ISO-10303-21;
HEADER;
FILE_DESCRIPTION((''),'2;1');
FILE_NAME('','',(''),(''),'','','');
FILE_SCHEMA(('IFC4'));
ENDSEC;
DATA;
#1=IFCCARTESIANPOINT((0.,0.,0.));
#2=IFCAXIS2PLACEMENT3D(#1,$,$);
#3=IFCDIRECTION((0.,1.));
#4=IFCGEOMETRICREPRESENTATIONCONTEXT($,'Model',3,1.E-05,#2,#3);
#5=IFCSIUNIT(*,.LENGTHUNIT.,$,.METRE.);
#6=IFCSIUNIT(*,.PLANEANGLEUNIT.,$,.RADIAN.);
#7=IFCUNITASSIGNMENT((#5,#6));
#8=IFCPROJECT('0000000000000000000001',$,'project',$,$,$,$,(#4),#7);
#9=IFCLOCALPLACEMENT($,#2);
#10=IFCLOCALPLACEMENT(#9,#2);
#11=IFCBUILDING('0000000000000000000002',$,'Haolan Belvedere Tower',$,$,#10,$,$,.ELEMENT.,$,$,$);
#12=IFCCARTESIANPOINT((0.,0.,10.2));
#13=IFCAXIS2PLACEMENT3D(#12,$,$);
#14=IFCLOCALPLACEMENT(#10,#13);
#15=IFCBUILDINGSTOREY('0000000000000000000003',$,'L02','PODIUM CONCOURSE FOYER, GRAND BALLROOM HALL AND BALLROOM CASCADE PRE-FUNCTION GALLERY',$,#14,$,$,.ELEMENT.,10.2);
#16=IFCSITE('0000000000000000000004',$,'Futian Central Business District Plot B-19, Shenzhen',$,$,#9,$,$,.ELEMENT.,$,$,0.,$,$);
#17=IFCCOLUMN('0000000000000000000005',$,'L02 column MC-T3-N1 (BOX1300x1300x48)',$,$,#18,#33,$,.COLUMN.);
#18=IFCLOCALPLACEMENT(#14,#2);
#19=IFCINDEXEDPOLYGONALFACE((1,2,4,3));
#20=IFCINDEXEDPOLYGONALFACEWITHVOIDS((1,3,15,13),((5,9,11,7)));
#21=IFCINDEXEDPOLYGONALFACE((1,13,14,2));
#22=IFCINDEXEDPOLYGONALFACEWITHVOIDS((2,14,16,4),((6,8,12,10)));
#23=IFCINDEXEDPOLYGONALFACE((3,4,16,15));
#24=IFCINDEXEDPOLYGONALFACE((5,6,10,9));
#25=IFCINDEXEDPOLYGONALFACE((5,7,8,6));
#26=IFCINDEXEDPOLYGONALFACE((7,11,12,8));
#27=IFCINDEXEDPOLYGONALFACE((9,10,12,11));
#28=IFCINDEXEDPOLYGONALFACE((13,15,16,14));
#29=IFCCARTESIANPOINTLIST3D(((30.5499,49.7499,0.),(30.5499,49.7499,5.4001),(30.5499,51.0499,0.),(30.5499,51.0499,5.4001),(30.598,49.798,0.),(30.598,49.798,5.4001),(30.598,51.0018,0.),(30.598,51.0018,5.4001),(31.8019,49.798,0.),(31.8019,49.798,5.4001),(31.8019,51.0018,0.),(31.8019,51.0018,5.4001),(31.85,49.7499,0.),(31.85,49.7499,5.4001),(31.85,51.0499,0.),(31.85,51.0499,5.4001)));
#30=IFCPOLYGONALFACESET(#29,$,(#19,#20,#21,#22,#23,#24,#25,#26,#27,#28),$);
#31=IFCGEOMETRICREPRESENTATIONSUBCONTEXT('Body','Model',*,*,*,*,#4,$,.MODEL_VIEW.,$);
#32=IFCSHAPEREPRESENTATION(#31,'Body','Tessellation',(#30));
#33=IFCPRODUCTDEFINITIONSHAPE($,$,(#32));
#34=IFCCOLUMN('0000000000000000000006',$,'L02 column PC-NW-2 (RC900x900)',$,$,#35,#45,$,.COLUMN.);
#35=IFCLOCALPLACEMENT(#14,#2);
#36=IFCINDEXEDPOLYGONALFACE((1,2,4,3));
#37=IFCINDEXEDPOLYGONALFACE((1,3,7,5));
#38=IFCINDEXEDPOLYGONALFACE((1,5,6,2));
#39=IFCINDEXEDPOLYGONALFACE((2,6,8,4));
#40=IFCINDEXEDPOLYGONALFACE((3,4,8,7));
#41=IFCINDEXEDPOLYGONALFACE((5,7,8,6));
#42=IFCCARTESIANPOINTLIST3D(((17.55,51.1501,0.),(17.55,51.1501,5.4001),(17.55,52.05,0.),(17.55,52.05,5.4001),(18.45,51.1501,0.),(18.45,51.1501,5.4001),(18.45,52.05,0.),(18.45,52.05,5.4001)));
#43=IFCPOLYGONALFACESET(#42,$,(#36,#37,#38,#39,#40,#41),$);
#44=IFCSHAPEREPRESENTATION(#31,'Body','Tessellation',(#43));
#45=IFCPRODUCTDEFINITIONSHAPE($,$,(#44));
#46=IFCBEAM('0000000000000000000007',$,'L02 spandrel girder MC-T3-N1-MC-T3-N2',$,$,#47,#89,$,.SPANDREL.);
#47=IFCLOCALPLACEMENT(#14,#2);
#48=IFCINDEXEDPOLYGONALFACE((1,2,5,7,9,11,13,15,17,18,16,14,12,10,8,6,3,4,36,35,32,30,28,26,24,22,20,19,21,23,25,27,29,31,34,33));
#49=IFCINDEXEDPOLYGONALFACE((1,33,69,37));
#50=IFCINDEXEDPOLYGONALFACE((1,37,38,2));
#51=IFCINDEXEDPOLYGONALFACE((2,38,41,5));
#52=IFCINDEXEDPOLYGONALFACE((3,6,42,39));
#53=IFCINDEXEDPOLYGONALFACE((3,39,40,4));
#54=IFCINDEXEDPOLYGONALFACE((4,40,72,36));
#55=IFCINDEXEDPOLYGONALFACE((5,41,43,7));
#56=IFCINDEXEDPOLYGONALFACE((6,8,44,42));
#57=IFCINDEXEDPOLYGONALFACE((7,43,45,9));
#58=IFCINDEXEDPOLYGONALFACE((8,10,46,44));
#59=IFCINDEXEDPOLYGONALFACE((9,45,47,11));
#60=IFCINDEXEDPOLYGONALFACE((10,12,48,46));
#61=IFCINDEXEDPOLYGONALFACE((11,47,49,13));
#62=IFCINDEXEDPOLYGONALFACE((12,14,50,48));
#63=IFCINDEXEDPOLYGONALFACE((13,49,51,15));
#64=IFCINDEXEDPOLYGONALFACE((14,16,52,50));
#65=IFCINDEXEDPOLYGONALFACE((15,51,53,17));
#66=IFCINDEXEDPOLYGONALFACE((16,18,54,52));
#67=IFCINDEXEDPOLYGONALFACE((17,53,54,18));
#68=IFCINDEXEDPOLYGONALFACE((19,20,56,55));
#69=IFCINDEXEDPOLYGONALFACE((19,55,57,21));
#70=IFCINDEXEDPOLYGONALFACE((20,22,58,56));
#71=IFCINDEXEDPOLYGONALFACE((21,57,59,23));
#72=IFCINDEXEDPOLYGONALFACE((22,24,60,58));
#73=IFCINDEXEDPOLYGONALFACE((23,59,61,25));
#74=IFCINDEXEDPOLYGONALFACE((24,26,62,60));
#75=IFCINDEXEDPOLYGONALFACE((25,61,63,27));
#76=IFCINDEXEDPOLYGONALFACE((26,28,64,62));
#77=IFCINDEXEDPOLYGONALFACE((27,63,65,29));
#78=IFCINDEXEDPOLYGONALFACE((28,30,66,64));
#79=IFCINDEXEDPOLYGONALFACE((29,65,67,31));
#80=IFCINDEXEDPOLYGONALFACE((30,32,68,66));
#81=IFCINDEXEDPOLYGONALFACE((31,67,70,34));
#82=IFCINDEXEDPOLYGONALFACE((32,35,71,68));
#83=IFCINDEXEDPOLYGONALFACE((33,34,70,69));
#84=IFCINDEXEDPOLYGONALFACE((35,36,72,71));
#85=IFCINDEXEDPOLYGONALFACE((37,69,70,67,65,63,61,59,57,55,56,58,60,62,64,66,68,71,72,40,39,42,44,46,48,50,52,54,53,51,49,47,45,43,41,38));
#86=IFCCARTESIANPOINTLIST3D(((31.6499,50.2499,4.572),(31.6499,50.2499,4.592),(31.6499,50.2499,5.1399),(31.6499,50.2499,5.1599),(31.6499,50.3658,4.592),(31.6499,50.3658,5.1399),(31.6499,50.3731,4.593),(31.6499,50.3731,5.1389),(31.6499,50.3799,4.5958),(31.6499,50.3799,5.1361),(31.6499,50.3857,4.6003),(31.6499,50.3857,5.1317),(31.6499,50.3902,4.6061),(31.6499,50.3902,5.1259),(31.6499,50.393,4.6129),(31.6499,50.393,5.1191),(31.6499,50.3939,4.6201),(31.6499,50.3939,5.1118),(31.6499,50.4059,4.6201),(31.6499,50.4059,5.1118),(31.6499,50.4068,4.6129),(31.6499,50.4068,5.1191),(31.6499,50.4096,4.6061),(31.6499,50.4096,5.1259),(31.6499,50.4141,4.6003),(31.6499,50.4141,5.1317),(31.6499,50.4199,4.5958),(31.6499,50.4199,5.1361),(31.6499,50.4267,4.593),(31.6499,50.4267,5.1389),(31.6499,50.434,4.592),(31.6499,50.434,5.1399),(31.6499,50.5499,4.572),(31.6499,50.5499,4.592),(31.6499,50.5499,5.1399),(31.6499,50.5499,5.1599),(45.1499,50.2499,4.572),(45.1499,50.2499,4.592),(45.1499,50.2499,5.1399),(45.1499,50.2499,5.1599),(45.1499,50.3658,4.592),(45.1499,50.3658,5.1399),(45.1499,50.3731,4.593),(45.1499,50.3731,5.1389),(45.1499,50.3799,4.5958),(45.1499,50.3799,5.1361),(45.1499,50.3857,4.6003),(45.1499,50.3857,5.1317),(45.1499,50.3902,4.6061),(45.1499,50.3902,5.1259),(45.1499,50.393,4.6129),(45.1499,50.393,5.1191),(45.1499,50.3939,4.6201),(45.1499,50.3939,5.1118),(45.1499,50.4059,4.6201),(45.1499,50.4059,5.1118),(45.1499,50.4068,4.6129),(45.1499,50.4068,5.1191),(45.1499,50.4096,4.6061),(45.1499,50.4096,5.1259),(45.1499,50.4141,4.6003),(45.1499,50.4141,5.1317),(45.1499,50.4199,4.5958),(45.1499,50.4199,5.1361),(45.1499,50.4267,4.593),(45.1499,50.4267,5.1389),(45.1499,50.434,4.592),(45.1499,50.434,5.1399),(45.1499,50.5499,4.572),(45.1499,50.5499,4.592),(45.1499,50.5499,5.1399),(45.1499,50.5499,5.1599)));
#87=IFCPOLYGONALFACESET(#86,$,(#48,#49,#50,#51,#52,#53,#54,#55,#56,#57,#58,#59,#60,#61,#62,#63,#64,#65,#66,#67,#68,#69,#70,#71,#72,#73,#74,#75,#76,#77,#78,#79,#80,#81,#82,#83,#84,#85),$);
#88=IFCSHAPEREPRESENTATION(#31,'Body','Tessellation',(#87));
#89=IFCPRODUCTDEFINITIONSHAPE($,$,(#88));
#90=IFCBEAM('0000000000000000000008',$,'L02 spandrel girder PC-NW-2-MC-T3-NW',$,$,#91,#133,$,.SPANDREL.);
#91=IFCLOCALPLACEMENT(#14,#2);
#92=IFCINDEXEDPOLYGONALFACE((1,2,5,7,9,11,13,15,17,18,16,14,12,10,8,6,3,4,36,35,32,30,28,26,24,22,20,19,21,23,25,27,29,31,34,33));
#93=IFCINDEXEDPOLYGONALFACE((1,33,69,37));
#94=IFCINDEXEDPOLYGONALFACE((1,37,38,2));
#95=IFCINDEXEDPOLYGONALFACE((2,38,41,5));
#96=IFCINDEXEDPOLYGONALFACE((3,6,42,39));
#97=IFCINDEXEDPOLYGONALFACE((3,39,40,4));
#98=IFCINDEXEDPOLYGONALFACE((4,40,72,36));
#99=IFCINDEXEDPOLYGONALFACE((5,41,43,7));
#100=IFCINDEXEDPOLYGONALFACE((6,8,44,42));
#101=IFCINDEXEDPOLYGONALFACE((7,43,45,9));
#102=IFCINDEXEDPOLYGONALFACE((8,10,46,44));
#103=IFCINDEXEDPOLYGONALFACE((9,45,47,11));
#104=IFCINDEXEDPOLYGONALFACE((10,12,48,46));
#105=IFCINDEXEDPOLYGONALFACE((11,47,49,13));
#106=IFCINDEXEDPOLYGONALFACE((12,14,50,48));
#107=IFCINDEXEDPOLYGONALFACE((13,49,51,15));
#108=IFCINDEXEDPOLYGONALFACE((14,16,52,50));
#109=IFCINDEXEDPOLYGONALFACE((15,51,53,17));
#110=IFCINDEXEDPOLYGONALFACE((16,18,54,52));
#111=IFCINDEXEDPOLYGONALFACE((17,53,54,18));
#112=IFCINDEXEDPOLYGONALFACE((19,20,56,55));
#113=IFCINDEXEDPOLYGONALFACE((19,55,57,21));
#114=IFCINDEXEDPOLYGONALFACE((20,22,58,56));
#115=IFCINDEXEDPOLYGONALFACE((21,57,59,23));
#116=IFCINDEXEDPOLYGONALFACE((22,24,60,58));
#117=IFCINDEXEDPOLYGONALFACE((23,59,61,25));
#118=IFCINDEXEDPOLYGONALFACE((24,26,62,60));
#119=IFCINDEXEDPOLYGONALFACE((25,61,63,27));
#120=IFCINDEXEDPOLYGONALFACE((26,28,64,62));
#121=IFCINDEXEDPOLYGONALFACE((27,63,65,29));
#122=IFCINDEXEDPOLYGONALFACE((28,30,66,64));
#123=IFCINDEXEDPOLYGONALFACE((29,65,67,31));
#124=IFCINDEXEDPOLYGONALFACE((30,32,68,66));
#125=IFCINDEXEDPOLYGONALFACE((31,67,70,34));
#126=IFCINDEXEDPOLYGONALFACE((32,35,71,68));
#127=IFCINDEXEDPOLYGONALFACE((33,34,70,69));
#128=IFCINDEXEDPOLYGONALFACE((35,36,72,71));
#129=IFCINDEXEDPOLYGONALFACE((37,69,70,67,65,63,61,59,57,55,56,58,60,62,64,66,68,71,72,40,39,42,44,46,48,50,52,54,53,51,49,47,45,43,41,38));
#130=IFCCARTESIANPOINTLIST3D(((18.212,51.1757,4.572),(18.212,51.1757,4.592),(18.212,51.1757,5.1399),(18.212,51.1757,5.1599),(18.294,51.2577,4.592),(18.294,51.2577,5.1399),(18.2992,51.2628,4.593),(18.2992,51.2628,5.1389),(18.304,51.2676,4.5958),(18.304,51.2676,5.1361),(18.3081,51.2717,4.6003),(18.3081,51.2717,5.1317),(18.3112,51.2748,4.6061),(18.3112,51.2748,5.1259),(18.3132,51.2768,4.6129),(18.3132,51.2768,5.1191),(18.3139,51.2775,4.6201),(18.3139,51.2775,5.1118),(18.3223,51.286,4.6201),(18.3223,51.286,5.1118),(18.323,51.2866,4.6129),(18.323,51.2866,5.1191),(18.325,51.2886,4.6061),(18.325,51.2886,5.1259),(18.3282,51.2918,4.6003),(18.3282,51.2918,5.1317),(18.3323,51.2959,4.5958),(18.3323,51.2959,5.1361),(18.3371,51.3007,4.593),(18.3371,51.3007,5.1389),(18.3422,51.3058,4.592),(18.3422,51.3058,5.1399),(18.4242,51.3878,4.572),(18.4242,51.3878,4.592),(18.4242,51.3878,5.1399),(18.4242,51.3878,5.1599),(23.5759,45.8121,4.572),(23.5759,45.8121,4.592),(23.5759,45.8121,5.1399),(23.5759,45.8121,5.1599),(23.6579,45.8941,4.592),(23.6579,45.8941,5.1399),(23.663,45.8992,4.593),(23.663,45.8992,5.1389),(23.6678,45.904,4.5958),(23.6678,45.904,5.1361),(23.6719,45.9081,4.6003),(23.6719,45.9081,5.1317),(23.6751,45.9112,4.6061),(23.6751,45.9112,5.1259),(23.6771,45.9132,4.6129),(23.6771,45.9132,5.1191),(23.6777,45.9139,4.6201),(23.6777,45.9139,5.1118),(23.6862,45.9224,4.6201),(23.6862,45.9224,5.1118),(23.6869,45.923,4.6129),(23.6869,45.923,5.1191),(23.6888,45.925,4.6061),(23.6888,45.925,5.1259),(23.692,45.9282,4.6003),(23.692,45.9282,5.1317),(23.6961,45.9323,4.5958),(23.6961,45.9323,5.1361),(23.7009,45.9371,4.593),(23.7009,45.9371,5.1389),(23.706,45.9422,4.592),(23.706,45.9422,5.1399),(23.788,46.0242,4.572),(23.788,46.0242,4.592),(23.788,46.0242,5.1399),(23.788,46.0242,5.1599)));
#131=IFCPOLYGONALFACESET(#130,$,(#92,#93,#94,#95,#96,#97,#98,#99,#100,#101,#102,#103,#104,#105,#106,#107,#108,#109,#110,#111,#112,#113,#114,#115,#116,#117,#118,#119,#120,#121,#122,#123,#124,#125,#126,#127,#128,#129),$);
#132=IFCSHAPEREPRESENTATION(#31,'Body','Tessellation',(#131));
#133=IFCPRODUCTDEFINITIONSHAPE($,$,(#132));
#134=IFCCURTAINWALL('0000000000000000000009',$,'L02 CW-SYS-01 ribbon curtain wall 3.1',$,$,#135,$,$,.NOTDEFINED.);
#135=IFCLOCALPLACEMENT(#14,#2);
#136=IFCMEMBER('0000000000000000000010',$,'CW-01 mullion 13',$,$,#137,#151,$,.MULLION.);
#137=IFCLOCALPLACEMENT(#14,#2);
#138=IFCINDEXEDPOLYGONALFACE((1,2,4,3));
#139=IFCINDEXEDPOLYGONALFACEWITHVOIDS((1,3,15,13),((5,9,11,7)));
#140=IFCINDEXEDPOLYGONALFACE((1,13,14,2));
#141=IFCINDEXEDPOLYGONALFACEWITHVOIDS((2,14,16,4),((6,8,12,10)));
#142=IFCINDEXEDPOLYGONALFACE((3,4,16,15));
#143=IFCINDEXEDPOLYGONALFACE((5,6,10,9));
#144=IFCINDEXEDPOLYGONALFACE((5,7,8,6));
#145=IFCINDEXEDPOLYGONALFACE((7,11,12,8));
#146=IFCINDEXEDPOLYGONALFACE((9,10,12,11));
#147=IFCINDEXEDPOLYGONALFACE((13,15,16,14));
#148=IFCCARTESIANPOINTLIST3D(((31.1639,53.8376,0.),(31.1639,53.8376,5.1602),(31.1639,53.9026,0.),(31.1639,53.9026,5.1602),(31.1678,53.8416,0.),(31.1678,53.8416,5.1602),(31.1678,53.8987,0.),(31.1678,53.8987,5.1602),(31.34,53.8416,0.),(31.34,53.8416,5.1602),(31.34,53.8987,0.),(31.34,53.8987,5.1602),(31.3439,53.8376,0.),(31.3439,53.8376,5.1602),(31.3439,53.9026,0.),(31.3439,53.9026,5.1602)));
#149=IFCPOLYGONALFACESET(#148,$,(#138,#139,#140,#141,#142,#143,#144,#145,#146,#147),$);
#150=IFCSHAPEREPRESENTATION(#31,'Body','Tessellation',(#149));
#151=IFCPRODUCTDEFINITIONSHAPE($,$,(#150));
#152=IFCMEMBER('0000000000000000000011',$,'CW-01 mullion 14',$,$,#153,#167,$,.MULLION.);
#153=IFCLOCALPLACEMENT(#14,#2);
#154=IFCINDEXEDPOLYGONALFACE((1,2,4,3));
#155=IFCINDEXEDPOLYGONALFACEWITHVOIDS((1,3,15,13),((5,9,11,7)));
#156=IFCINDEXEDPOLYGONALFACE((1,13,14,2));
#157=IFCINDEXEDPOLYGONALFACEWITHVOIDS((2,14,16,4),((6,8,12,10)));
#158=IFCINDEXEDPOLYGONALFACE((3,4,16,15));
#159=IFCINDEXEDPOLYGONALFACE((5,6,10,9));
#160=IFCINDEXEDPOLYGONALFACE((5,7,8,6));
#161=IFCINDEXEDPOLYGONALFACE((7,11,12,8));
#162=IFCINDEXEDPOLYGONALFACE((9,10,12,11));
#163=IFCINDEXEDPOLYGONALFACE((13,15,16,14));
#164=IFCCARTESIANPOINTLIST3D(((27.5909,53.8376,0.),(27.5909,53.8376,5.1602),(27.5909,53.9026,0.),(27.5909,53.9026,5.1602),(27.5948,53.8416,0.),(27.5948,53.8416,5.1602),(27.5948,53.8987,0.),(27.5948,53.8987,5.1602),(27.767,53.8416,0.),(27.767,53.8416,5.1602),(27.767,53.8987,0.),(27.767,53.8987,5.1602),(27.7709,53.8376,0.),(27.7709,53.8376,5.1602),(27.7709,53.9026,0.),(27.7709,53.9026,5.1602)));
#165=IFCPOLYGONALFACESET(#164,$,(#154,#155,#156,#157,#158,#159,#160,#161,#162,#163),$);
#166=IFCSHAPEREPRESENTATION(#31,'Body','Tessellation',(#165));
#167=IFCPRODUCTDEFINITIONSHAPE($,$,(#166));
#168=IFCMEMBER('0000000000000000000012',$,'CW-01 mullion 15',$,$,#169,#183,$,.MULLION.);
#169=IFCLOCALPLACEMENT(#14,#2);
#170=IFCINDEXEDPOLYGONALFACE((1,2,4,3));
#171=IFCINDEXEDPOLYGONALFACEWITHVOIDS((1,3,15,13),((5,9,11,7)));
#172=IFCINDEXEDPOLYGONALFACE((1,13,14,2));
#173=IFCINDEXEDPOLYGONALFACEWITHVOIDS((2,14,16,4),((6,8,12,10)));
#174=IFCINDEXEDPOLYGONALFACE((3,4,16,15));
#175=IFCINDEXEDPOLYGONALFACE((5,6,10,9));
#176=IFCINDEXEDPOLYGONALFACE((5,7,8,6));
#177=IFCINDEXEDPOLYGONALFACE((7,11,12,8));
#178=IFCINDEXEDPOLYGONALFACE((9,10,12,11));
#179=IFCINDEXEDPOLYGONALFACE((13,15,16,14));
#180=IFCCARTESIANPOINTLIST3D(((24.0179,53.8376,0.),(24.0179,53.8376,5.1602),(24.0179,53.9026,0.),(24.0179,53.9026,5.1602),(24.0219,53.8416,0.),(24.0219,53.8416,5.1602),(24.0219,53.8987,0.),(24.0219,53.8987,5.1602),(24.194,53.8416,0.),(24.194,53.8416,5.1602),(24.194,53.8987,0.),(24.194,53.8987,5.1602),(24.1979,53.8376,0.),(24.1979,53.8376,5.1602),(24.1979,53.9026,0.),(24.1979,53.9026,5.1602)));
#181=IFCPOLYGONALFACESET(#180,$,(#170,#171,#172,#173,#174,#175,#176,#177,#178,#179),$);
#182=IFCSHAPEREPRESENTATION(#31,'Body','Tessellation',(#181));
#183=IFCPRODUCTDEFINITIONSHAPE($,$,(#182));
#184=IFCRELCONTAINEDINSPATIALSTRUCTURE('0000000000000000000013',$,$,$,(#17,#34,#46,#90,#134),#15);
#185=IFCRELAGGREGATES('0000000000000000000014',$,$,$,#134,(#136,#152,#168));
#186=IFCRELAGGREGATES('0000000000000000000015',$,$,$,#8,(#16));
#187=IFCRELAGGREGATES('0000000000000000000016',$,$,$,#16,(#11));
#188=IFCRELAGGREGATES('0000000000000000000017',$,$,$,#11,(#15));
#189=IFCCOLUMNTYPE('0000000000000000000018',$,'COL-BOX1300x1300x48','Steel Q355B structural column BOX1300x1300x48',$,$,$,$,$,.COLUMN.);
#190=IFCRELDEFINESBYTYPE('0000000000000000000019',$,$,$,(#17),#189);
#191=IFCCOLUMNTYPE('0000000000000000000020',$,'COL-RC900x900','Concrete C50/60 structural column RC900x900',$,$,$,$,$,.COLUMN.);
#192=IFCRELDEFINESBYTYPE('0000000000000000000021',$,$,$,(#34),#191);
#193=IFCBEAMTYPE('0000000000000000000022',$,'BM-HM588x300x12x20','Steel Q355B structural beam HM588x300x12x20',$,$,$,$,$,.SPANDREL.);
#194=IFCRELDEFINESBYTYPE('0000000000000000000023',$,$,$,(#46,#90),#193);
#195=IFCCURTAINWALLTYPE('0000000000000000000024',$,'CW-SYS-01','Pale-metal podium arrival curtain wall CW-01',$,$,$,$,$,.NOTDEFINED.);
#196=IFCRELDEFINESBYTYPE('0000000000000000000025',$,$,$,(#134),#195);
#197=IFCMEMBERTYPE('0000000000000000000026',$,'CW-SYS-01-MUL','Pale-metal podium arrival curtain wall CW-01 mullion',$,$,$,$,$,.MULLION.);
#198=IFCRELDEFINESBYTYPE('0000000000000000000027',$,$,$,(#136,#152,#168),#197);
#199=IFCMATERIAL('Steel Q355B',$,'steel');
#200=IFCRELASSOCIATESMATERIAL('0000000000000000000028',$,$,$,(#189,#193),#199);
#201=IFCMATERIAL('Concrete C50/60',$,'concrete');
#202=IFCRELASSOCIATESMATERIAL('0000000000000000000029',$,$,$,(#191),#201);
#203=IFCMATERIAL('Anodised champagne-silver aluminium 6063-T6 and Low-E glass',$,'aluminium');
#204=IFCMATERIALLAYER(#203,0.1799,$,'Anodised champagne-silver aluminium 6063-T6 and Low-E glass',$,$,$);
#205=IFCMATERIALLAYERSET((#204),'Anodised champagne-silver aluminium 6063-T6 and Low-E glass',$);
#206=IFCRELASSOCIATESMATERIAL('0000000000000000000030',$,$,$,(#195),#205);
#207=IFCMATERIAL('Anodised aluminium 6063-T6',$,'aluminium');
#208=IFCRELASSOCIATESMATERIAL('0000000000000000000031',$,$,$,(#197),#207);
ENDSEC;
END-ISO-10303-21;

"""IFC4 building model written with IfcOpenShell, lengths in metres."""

from ifc_helpers import new_model, si_unit, direction, frame, origin, origin_2d, place, context, subcontext, project, spatial, rectangle, hollow_rectangle, i_section, extrude, material, layer, layer_set, material_profile, profile_set, type_object, element, aggregate, save


model = new_model("IFC4")

# Units and contexts
model_context = context("Model", 3, precision=1e-05, world=origin(), true_north=direction((0.0, 1.0)))
body_context = subcontext(model_context, "Body", "Model", "MODEL_VIEW")
ifc_project = project(units=[si_unit("LENGTHUNIT", "METRE"), si_unit("PLANEANGLEUNIT", "RADIAN")], contexts=[model_context])

# Site, building, storey
site_placement = place(None, origin())
site = spatial("IfcSite", under=ifc_project, at=site_placement, Name="Futian Central Business District Plot B-19, Shenzhen", CompositionType="ELEMENT", RefElevation=0.0)
building_placement = place(site_placement, origin())
building = spatial("IfcBuilding", under=site, at=building_placement, Name="Haolan Belvedere Tower", CompositionType="ELEMENT")
storey_placement = place(building_placement, frame((0.0, 0.0, 10.2)))
storey = spatial("IfcBuildingStorey", under=building, at=storey_placement, Name="L02", Description="PODIUM CONCOURSE FOYER, GRAND BALLROOM HALL AND BALLROOM CASCADE PRE-FUNCTION GALLERY", CompositionType="ELEMENT", Elevation=10.2)

# Columns
ifc_material_1 = material(Name="Steel Q355B", Category="steel")
ifc_material_profile_1 = material_profile(ifc_material_1, hollow_rectangle(XDim=1.3, YDim=1.3, WallThickness=0.0481, at=origin_2d()), Name="Steel Q355B")
ifc_profile_set_1 = profile_set([ifc_material_profile_1], Name="Steel Q355B")
column_type_1 = type_object("IfcColumnType", Name="COL-BOX1300x1300x48", Description="Steel Q355B structural column BOX1300x1300x48", PredefinedType="COLUMN", material=ifc_profile_set_1)
column_1_placement = place(storey_placement, frame((31.2, 50.3999, 0.0), z_axis=(0.0, 0.0, 1.0), x_axis=(1.0, 0.0, 0.0)))
element("IfcColumn", 1, at=column_1_placement, inside=storey, type_object=column_type_1, Name="L02 column MC-T3-N1 (BOX1300x1300x48)", PredefinedType="COLUMN", context=body_context, shape_type="SweptSolid", body=[
    extrude(hollow_rectangle(XDim=1.3, YDim=1.3, WallThickness=0.0481, at=origin_2d()), origin(), (0.0, 0.0, 1.0), 5.4001),
])
ifc_material_2 = material(Name="Concrete C50/60", Category="concrete")
ifc_material_profile_2 = material_profile(ifc_material_2, rectangle(XDim=0.8999, YDim=0.8999, at=origin_2d()), Name="Concrete C50/60")
ifc_profile_set_2 = profile_set([ifc_material_profile_2], Name="Concrete C50/60")
column_type_2 = type_object("IfcColumnType", Name="COL-RC900x900", Description="Concrete C50/60 structural column RC900x900", PredefinedType="COLUMN", material=ifc_profile_set_2)
column_2_placement = place(storey_placement, frame((18.0, 51.6001, 0.0), z_axis=(0.0, 0.0, 1.0), x_axis=(1.0, 0.0, 0.0)))
element("IfcColumn", 2, at=column_2_placement, inside=storey, type_object=column_type_2, Name="L02 column PC-NW-2 (RC900x900)", PredefinedType="COLUMN", context=body_context, shape_type="SweptSolid", body=[
    extrude(rectangle(XDim=0.8999, YDim=0.8999, at=origin_2d()), origin(), (0.0, 0.0, 1.0), 5.4001),
])

# Beams
ifc_material_profile_3 = material_profile(ifc_material_1, i_section(OverallWidth=0.3, OverallDepth=0.5879, WebThickness=0.012, FlangeThickness=0.02, FilletRadius=0.0281, at=origin_2d()), Name="Steel Q355B")
ifc_profile_set_3 = profile_set([ifc_material_profile_3], Name="Steel Q355B")
beam_type = type_object("IfcBeamType", Name="BM-HM588x300x12x20", Description="Steel Q355B structural beam HM588x300x12x20", PredefinedType="SPANDREL", material=ifc_profile_set_3)
beam_1_placement = place(storey_placement, frame((31.6499, 50.3999, 4.866), z_axis=(1.0, 0.0, 0.0), x_axis=(0.0, 1.0, 0.0)))
element("IfcBeam", 3, at=beam_1_placement, inside=storey, type_object=beam_type, Name="L02 spandrel girder MC-T3-N1-MC-T3-N2", PredefinedType="SPANDREL", context=body_context, shape_type="SweptSolid", body=[
    extrude(i_section(OverallWidth=0.3, OverallDepth=0.5879, WebThickness=0.012, FlangeThickness=0.02, FilletRadius=0.0281, at=origin_2d()), origin(), (0.0, 0.0, 1.0), 13.5),
])
beam_2_placement = place(storey_placement, frame((18.3181, 51.2817, 4.866), z_axis=(0.707123, -0.707091, 0.0), x_axis=(0.707091, 0.707123, 0.0)))
element("IfcBeam", 4, at=beam_2_placement, inside=storey, type_object=beam_type, Name="L02 spandrel girder PC-NW-2-MC-T3-NW", PredefinedType="SPANDREL", context=body_context, shape_type="SweptSolid", body=[
    extrude(i_section(OverallWidth=0.3, OverallDepth=0.5879, WebThickness=0.012, FlangeThickness=0.02, FilletRadius=0.0281, at=origin_2d()), origin(), (0.0, 0.0, 1.0), 7.5854),
])

# Curtain wall, members
ifc_material_3 = material(Name="Anodised champagne-silver aluminium 6063-T6 and Low-E glass", Category="aluminium")
ifc_layer_1 = layer(ifc_material_3, 0.1799, Name="Anodised champagne-silver aluminium 6063-T6 and Low-E glass")
ifc_layer_set_1 = layer_set([ifc_layer_1], Name="Anodised champagne-silver aluminium 6063-T6 and Low-E glass")
curtain_wall_type = type_object("IfcCurtainWallType", Name="CW-SYS-01", Description="Pale-metal podium arrival curtain wall CW-01", PredefinedType="NOTDEFINED", material=ifc_layer_set_1)
curtain_wall_placement = place(storey_placement, origin())
curtain_wall = element("IfcCurtainWall", 5, at=curtain_wall_placement, inside=storey, type_object=curtain_wall_type, Name="L02 CW-SYS-01 ribbon curtain wall 3.1", PredefinedType="NOTDEFINED")
ifc_material_4 = material(Name="Anodised aluminium 6063-T6", Category="aluminium")
ifc_material_profile_4 = material_profile(ifc_material_4, hollow_rectangle(XDim=0.0649, YDim=0.1799, WallThickness=0.0039, at=origin_2d()), Name="Anodised aluminium 6063-T6")
ifc_profile_set_4 = profile_set([ifc_material_profile_4], Name="Anodised aluminium 6063-T6")
member_type_1 = type_object("IfcMemberType", Name="CW-SYS-01-MUL", Description="Pale-metal podium arrival curtain wall CW-01 mullion", PredefinedType="MULLION", material=ifc_profile_set_4)
member_1_placement = place(storey_placement, frame((31.2539, 53.8701, 0.0), z_axis=(0.0, 0.0, 1.0), x_axis=(0.0, -1.0, 0.0)))
member_1 = element("IfcMember", 6, at=member_1_placement, type_object=member_type_1, Name="CW-01 mullion 13", PredefinedType="MULLION", context=body_context, shape_type="SweptSolid", body=[
    extrude(hollow_rectangle(XDim=0.0649, YDim=0.1799, WallThickness=0.0039, at=origin_2d()), origin(), (0.0, 0.0, 1.0), 5.1602),
])
member_2_placement = place(storey_placement, frame((27.6809, 53.8701, 0.0), z_axis=(0.0, 0.0, 1.0), x_axis=(0.0, -1.0, 0.0)))
member_2 = element("IfcMember", 7, at=member_2_placement, type_object=member_type_1, Name="CW-01 mullion 14", PredefinedType="MULLION", context=body_context, shape_type="SweptSolid", body=[
    extrude(hollow_rectangle(XDim=0.0649, YDim=0.1799, WallThickness=0.0039, at=origin_2d()), origin(), (0.0, 0.0, 1.0), 5.1602),
])
member_3_placement = place(storey_placement, frame((24.1079, 53.8701, 0.0), z_axis=(0.0, 0.0, 1.0), x_axis=(0.0, -1.0, 0.0)))
member_3 = element("IfcMember", 8, at=member_3_placement, type_object=member_type_1, Name="CW-01 mullion 15", PredefinedType="MULLION", context=body_context, shape_type="SweptSolid", body=[
    extrude(hollow_rectangle(XDim=0.0649, YDim=0.1799, WallThickness=0.0039, at=origin_2d()), origin(), (0.0, 0.0, 1.0), 5.1602),
])
aggregate(curtain_wall, [member_1, member_2, member_3])

save(model, "model.ifc")
